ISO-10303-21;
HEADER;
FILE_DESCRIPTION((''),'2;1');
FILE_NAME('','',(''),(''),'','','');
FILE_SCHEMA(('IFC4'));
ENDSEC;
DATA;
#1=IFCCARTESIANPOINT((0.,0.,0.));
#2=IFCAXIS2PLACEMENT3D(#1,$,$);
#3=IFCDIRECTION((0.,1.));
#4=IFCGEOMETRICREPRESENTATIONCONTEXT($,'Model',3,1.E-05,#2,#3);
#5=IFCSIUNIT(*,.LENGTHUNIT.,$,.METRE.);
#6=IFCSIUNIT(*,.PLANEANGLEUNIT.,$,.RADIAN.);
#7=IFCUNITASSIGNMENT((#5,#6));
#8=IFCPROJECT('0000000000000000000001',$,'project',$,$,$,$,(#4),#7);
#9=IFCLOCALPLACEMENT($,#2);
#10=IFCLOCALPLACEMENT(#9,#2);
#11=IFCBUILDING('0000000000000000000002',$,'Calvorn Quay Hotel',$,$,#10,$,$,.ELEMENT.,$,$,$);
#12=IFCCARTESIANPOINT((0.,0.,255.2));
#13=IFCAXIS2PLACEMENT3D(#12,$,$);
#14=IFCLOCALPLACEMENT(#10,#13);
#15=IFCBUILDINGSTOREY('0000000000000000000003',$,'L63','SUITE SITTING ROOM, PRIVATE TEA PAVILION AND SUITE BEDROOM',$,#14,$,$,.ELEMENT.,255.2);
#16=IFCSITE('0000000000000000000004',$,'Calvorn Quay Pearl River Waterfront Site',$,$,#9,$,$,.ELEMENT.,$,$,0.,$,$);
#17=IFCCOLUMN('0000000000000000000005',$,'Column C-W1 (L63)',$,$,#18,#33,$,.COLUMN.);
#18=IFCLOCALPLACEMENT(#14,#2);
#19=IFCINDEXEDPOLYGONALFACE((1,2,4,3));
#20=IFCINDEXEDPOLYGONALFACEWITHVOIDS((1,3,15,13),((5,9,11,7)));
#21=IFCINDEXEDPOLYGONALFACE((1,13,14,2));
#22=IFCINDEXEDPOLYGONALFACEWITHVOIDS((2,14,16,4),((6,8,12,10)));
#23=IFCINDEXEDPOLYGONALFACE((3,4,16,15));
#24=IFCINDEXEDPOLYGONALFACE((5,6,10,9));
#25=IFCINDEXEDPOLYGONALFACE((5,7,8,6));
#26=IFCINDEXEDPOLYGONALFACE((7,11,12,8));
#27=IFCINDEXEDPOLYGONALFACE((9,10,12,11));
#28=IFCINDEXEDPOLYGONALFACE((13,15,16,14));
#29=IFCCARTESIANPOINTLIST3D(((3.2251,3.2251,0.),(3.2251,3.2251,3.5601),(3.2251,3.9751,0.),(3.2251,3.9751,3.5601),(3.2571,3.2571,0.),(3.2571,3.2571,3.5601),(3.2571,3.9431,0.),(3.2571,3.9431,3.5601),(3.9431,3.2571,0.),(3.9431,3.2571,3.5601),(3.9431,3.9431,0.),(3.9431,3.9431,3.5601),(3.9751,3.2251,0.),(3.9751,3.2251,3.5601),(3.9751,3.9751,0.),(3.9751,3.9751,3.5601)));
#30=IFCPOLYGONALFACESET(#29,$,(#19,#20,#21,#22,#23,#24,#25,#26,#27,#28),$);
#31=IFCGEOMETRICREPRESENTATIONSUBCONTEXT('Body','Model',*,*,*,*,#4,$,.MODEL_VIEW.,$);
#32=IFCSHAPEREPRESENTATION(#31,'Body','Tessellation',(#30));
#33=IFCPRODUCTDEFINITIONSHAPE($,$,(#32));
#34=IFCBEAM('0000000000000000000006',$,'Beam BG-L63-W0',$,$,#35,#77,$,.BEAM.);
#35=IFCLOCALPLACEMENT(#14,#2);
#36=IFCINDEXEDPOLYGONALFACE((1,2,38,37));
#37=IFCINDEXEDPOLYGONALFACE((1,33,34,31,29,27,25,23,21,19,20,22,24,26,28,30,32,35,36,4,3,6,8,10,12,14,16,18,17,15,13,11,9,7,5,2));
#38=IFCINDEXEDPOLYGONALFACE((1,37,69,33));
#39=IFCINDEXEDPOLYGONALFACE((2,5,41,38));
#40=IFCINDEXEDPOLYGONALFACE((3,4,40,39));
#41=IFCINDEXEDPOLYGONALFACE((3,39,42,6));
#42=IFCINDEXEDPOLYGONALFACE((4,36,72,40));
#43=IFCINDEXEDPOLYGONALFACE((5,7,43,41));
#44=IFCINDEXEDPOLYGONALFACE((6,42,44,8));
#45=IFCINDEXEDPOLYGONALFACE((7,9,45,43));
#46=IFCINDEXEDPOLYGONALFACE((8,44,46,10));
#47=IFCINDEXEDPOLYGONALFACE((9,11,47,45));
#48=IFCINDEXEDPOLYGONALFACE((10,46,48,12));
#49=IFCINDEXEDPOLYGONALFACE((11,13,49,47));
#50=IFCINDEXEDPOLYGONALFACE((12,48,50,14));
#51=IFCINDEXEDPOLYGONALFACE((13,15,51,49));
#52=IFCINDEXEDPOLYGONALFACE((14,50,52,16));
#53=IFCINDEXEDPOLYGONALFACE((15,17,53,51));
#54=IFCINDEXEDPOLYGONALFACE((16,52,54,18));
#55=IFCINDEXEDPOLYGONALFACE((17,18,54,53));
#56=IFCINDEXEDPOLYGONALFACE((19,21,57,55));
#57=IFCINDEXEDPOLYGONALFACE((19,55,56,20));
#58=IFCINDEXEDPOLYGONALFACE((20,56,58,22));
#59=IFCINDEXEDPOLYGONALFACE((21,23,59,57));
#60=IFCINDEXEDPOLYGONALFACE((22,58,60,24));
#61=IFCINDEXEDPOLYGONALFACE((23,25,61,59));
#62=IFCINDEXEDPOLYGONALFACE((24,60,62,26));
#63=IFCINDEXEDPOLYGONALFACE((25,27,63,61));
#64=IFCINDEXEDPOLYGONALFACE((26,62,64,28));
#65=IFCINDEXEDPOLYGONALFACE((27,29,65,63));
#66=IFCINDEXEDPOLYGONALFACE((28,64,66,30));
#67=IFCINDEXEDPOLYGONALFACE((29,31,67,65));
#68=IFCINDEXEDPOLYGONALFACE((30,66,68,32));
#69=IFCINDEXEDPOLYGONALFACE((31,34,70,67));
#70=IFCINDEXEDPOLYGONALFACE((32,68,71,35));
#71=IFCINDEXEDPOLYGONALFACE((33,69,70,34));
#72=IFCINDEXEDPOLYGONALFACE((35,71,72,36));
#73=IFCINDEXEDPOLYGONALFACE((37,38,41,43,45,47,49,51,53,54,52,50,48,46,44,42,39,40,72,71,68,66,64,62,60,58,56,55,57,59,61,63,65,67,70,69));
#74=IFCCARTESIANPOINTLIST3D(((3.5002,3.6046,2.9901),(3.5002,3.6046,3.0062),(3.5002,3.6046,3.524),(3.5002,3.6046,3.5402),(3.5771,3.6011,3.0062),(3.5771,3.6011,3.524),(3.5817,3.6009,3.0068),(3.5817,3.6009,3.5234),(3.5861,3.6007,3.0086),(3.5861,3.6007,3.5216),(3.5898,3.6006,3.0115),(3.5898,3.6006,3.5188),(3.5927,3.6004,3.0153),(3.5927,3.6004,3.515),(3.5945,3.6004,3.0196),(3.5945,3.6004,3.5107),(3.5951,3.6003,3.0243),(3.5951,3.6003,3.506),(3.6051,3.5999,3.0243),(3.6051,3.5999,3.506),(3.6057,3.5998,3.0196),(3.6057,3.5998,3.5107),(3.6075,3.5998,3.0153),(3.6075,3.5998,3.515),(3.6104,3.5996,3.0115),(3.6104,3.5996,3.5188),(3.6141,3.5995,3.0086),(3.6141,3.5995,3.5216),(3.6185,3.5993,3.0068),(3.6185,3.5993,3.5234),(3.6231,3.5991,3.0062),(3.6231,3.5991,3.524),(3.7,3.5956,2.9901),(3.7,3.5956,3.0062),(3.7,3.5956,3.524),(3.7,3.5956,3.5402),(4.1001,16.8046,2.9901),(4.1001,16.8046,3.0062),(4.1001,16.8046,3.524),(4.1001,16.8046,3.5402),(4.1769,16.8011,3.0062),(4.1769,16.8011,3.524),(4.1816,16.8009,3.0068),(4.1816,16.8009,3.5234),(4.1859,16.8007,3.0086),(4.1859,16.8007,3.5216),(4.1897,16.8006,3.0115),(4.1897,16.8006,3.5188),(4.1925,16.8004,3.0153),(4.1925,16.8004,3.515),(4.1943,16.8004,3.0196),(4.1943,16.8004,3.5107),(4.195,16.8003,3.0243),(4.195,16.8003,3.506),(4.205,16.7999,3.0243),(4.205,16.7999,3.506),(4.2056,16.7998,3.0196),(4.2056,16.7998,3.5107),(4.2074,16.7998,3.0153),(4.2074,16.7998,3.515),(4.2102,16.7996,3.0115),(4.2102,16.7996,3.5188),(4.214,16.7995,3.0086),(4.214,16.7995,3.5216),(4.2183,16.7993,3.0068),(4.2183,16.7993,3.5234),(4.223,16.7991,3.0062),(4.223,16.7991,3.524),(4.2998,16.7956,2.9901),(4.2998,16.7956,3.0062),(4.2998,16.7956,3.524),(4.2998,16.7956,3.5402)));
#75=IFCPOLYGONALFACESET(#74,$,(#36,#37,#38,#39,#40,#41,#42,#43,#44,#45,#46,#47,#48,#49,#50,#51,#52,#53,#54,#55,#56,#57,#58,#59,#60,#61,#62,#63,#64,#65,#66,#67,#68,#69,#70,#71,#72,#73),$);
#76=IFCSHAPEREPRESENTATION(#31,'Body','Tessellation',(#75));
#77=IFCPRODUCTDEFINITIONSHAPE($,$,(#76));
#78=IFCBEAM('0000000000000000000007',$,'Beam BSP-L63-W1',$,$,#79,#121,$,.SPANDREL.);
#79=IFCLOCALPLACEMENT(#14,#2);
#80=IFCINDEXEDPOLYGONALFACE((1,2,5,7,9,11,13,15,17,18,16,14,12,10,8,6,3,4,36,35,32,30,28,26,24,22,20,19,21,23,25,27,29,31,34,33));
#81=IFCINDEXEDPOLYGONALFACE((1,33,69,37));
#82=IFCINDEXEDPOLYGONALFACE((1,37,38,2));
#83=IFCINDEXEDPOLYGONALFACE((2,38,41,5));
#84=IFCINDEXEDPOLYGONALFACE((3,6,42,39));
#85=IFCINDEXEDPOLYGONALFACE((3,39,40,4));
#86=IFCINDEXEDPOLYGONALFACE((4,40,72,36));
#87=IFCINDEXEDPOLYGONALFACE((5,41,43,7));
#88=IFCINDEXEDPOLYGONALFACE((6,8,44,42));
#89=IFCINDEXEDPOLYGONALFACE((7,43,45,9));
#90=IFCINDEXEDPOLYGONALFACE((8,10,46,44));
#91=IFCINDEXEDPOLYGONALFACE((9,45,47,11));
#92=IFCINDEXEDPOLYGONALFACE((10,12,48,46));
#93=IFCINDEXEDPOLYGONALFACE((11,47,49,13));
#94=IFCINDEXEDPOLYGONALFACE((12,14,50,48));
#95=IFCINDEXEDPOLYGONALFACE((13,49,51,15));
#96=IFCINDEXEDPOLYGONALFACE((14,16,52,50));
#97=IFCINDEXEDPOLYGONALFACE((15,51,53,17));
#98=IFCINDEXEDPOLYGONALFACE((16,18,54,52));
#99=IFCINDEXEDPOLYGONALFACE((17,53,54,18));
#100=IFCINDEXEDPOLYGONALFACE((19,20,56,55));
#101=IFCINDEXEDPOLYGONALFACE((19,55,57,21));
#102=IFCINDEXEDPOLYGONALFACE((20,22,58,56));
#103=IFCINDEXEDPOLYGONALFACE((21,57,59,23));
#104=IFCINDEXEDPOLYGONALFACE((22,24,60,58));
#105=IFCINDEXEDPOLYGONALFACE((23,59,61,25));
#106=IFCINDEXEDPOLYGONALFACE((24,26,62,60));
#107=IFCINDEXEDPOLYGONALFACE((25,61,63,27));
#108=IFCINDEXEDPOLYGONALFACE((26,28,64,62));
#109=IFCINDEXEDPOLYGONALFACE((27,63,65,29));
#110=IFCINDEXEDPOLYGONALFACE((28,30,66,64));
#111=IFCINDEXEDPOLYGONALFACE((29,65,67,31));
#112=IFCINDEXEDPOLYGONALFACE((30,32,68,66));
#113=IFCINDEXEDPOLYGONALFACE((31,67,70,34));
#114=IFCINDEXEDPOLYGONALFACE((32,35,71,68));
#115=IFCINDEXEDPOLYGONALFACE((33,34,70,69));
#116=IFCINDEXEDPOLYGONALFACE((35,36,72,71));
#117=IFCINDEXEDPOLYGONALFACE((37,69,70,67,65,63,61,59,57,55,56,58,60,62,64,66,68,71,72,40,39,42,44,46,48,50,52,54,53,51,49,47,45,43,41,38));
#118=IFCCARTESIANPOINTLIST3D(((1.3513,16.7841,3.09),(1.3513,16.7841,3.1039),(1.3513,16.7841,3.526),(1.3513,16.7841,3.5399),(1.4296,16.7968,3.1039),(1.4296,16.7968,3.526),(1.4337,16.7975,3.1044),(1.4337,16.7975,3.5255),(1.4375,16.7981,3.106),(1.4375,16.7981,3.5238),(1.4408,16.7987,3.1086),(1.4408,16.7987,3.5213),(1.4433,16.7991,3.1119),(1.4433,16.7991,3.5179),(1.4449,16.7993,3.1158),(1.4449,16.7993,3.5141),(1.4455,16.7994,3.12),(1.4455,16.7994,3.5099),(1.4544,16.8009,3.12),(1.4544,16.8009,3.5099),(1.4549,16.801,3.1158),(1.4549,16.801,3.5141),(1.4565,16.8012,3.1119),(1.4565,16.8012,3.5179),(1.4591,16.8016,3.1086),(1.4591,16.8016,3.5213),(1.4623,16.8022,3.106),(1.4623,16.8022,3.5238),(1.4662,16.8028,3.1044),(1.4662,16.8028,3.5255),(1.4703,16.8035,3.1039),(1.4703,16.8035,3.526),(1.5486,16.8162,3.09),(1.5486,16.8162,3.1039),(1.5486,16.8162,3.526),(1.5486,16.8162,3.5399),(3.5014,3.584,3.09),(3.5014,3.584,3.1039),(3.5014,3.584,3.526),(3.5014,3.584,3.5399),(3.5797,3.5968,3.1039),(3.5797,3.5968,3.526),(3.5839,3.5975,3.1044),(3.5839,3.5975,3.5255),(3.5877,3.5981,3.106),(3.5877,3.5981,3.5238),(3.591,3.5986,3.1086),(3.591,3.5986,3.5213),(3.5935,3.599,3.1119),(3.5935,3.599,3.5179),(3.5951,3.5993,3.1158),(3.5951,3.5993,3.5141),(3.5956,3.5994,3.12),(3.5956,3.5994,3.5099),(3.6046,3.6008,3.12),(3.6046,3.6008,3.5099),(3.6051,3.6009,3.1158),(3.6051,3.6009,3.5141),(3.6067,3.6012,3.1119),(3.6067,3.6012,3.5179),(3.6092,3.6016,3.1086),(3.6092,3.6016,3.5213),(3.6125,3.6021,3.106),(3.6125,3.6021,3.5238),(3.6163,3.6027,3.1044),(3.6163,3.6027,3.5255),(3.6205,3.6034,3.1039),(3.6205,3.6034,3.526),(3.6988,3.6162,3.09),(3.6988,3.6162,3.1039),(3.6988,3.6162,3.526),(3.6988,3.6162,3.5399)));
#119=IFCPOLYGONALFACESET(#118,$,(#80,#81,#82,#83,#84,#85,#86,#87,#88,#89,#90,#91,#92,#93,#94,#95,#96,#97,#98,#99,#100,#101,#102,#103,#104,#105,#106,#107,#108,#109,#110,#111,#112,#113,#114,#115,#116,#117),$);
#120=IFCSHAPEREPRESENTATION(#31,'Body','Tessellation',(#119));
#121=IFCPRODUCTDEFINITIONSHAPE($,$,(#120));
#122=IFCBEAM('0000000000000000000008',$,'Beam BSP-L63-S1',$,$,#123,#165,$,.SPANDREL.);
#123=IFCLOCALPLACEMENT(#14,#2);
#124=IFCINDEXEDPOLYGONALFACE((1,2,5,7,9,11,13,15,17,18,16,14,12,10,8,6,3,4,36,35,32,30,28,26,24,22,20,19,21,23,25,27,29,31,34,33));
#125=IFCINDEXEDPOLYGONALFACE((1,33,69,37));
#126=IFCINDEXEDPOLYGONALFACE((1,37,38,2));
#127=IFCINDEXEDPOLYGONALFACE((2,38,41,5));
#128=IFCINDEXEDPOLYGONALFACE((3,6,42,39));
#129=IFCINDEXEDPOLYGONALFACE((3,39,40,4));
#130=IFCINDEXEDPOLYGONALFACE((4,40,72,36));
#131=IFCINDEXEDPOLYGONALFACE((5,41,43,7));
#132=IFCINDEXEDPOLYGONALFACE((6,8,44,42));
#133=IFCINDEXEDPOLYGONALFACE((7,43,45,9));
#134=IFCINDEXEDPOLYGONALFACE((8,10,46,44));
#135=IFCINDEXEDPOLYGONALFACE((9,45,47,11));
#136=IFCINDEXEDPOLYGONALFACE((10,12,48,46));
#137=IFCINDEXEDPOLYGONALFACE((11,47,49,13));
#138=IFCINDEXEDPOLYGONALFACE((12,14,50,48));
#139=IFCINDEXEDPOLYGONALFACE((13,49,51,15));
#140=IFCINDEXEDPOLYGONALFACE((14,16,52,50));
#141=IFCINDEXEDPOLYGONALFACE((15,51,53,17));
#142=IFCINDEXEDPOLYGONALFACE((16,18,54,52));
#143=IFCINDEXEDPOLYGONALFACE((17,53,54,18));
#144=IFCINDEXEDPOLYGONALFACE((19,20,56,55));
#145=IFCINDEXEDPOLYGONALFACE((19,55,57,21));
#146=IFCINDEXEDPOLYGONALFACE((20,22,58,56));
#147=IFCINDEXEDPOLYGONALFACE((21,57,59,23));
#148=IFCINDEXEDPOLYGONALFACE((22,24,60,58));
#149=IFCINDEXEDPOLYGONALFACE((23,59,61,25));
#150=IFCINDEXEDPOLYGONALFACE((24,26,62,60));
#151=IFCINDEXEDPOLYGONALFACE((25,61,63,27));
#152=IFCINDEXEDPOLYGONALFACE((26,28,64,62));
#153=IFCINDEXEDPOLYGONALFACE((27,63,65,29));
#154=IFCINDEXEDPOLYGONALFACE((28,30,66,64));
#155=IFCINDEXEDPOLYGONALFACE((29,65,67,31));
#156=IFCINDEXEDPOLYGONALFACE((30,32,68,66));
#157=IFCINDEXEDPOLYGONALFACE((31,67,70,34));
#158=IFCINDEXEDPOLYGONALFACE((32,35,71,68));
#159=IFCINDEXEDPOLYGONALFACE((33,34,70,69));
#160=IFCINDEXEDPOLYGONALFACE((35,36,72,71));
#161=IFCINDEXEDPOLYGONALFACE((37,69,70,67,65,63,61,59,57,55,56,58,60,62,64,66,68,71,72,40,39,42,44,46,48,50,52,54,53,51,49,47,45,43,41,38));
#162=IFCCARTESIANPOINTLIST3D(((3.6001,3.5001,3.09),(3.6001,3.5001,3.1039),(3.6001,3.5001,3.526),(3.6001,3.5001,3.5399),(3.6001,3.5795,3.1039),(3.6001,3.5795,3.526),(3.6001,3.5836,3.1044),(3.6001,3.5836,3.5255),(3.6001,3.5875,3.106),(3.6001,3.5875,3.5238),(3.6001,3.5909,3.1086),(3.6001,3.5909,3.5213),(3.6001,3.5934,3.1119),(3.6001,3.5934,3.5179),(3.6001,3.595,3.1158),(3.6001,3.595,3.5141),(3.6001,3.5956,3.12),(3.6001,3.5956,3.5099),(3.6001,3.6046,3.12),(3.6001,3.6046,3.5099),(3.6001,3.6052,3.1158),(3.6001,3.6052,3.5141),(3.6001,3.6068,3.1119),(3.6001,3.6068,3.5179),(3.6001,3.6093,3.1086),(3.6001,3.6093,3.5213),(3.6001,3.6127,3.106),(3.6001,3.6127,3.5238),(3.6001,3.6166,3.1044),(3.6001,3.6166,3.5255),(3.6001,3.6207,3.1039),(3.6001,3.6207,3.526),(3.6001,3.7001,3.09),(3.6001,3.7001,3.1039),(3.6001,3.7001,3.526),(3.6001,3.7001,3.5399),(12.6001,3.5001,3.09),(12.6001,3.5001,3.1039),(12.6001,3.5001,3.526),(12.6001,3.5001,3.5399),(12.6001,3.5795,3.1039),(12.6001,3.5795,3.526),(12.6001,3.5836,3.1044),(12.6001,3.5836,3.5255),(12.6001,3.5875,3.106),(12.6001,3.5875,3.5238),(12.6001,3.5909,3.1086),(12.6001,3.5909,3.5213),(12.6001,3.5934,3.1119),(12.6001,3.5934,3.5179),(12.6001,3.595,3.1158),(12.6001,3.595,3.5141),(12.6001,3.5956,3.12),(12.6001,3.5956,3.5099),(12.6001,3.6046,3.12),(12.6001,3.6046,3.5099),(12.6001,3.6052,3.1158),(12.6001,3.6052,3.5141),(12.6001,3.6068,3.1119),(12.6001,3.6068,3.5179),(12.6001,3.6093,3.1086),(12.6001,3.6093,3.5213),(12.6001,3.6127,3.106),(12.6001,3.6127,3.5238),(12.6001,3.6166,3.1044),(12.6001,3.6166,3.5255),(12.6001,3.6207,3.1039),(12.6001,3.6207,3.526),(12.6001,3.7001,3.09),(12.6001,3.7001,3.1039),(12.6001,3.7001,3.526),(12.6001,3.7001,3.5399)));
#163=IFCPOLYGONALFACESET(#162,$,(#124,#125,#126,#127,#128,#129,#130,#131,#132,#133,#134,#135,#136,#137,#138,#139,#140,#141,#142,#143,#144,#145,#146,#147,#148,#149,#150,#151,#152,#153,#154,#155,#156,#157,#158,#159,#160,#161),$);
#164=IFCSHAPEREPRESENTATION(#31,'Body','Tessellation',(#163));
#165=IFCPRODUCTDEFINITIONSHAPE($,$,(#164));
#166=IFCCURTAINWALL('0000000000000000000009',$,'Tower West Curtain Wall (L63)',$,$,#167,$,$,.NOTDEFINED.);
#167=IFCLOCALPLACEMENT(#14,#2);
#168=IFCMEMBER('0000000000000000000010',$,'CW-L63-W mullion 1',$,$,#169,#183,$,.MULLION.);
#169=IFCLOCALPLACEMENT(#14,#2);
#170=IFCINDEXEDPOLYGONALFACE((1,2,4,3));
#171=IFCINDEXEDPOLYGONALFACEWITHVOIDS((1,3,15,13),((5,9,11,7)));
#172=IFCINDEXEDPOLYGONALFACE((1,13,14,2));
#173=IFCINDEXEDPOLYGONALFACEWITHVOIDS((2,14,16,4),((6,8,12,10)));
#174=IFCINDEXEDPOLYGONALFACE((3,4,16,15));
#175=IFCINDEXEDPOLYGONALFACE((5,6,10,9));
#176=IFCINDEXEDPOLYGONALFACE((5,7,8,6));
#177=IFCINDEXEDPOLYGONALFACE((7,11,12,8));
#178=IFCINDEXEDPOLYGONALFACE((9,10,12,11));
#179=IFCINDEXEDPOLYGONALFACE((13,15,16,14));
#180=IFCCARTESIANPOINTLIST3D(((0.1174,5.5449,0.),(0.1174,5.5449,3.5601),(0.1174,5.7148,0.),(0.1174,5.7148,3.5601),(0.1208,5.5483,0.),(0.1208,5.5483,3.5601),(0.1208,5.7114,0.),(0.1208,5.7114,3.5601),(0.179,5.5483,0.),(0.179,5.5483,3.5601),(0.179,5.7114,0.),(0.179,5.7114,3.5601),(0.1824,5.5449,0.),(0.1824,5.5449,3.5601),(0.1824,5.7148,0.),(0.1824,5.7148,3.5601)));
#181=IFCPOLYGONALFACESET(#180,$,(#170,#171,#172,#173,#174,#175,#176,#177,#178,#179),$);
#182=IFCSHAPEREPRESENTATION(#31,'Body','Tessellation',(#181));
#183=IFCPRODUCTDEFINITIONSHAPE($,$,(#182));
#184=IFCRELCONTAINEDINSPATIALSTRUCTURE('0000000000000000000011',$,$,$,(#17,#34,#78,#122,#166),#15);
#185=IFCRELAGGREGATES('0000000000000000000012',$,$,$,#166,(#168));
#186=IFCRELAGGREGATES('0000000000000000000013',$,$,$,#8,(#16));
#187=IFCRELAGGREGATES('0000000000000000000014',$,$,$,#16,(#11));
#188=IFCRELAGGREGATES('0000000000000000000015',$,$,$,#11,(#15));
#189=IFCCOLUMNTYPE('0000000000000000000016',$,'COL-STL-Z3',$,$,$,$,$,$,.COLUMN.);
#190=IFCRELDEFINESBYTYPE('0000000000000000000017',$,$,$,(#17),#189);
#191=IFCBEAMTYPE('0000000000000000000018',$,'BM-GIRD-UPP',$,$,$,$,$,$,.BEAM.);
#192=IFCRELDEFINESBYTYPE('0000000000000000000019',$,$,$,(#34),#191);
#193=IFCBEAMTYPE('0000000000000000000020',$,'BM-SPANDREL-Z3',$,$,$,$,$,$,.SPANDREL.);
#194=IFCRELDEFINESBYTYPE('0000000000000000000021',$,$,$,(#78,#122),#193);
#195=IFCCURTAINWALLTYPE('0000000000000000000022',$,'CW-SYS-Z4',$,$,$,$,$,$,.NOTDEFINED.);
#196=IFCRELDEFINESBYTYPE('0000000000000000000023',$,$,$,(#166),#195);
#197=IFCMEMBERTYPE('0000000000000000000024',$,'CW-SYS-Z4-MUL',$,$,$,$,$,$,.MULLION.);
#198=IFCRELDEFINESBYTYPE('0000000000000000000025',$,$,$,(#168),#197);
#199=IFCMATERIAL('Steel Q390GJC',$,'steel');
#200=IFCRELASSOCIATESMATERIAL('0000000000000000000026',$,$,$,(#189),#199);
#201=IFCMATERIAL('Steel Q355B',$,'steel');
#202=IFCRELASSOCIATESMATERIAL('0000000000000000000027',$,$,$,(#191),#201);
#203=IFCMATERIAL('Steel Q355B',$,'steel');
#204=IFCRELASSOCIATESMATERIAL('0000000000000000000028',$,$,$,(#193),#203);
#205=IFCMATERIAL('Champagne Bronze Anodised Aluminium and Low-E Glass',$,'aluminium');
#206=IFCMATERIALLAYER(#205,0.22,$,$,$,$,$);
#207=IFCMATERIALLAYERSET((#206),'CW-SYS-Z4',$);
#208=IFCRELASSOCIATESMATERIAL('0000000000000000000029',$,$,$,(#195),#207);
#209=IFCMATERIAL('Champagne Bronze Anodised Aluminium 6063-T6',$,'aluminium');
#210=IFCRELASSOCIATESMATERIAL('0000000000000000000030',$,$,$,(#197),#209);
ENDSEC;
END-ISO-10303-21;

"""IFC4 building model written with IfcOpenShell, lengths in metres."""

from ifc_helpers import new_model, si_unit, direction, frame, origin, origin_2d, place, context, subcontext, project, spatial, hollow_rectangle, i_section, extrude, material, layer, layer_set, material_profile, profile_set, type_object, element, aggregate, save


model = new_model("IFC4")

# Units and contexts
model_context = context("Model", 3, precision=1e-05, world=origin(), true_north=direction((0.0, 1.0)))
body_context = subcontext(model_context, "Body", "Model", "MODEL_VIEW")
ifc_project = project(units=[si_unit("LENGTHUNIT", "METRE"), si_unit("PLANEANGLEUNIT", "RADIAN")], contexts=[model_context])

# Site, building, storey
site_placement = place(None, origin())
site = spatial("IfcSite", under=ifc_project, at=site_placement, Name="Calvorn Quay Pearl River Waterfront Site", CompositionType="ELEMENT", RefElevation=0.0)
building_placement = place(site_placement, origin())
building = spatial("IfcBuilding", under=site, at=building_placement, Name="Calvorn Quay Hotel", CompositionType="ELEMENT")
storey_placement = place(building_placement, frame((0.0, 0.0, 255.2)))
storey = spatial("IfcBuildingStorey", under=building, at=storey_placement, Name="L63", Description="SUITE SITTING ROOM, PRIVATE TEA PAVILION AND SUITE BEDROOM", CompositionType="ELEMENT", Elevation=255.2)

# Column
ifc_material_1 = material(Name="Steel Q390GJC", Category="steel")
ifc_material_profile_1 = material_profile(ifc_material_1, hollow_rectangle(XDim=0.75, YDim=0.75, WallThickness=0.032, at=origin_2d()), Name="BOX750x750x32")
ifc_profile_set_1 = profile_set([ifc_material_profile_1], Name="Steel Q390GJC")
column_type = type_object("IfcColumnType", Name="COL-STL-Z3", PredefinedType="COLUMN", material=ifc_profile_set_1)
column_placement = place(storey_placement, frame((3.6001, 3.6001, 0.0), z_axis=(0.0, 0.0, 1.0), x_axis=(1.0, 0.0, 0.0)))
element("IfcColumn", 1, at=column_placement, inside=storey, type_object=column_type, Name="Column C-W1 (L63)", PredefinedType="COLUMN", context=body_context, shape_type="SweptSolid", body=[
    extrude(hollow_rectangle(XDim=0.75, YDim=0.75, WallThickness=0.032, at=origin_2d()), origin(), (0.0, 0.0, 1.0), 3.5601),
])

# Beams
ifc_material_2 = material(Name="Steel Q355B", Category="steel")
ifc_material_profile_2 = material_profile(ifc_material_2, i_section(OverallWidth=0.2, OverallDepth=0.55, WebThickness=0.01, FlangeThickness=0.0161, FilletRadius=0.0181, at=origin_2d()), Name="HN550x200x10x16")
ifc_profile_set_2 = profile_set([ifc_material_profile_2], Name="Steel Q355B")
beam_type_1 = type_object("IfcBeamType", Name="BM-GIRD-UPP", PredefinedType="BEAM", material=ifc_profile_set_2)
beam_1_placement = place(storey_placement, frame((3.6001, 3.6001, 3.2651), z_axis=(0.045397, 0.998969, 0.0), x_axis=(-0.998969, 0.045397, 0.0)))
element("IfcBeam", 2, at=beam_1_placement, inside=storey, type_object=beam_type_1, Name="Beam BG-L63-W0", PredefinedType="BEAM", context=body_context, shape_type="SweptSolid", body=[
    extrude(i_section(OverallWidth=0.2, OverallDepth=0.55, WebThickness=0.01, FlangeThickness=0.0161, FilletRadius=0.0181, at=origin_2d()), origin(), (0.0, 0.0, 1.0), 13.2136),
])
ifc_material_3 = material(Name="Steel Q355B", Category="steel")
ifc_material_profile_3 = material_profile(ifc_material_3, i_section(OverallWidth=0.2, OverallDepth=0.45, WebThickness=0.009, FlangeThickness=0.0139, FilletRadius=0.0161, at=origin_2d()), Name="HN450x200x9x14")
ifc_profile_set_3 = profile_set([ifc_material_profile_3], Name="Steel Q355B")
beam_type_2 = type_object("IfcBeamType", Name="BM-SPANDREL-Z3", PredefinedType="SPANDREL", material=ifc_profile_set_3)
beam_2_placement = place(storey_placement, frame((3.6001, 3.6001, 3.3149), z_axis=(-0.160772, 0.986992, 0.0), x_axis=(-0.986992, -0.160772, 0.0)))
element("IfcBeam", 3, at=beam_2_placement, inside=storey, type_object=beam_type_2, Name="Beam BSP-L63-W1", PredefinedType="SPANDREL", context=body_context, shape_type="SweptSolid", body=[
    extrude(i_section(OverallWidth=0.2, OverallDepth=0.45, WebThickness=0.009, FlangeThickness=0.0139, FilletRadius=0.0161, at=origin_2d()), origin(), (0.0, 0.0, 1.0), 13.374),
])
beam_3_placement = place(storey_placement, frame((3.6001, 3.6001, 3.3149), z_axis=(1.0, 0.0, 0.0), x_axis=(0.0, 1.0, 0.0)))
element("IfcBeam", 4, at=beam_3_placement, inside=storey, type_object=beam_type_2, Name="Beam BSP-L63-S1", PredefinedType="SPANDREL", context=body_context, shape_type="SweptSolid", body=[
    extrude(i_section(OverallWidth=0.2, OverallDepth=0.45, WebThickness=0.009, FlangeThickness=0.0139, FilletRadius=0.0161, at=origin_2d()), origin(), (0.0, 0.0, 1.0), 9.0),
])

# Curtain wall, member
ifc_material_4 = material(Name="Champagne Bronze Anodised Aluminium and Low-E Glass", Category="aluminium")
ifc_layer_1 = layer(ifc_material_4, 0.22)
ifc_layer_set_1 = layer_set([ifc_layer_1], Name="CW-SYS-Z4")
curtain_wall_type = type_object("IfcCurtainWallType", Name="CW-SYS-Z4", PredefinedType="NOTDEFINED", material=ifc_layer_set_1)
curtain_wall_placement = place(storey_placement, origin())
curtain_wall = element("IfcCurtainWall", 5, at=curtain_wall_placement, inside=storey, type_object=curtain_wall_type, Name="Tower West Curtain Wall (L63)", PredefinedType="NOTDEFINED")
ifc_material_5 = material(Name="Champagne Bronze Anodised Aluminium 6063-T6", Category="aluminium")
ifc_material_profile_4 = material_profile(ifc_material_5, hollow_rectangle(XDim=0.0649, YDim=0.1699, WallThickness=0.0034, at=origin_2d()), Name="ALU-M170x65x3.5")
ifc_profile_set_4 = profile_set([ifc_material_profile_4], Name="Champagne Bronze Anodised Aluminium 6063-T6")
member_type_1 = type_object("IfcMemberType", Name="CW-SYS-Z4-MUL", PredefinedType="MULLION", material=ifc_profile_set_4)
member_1_placement = place(storey_placement, frame((0.1499, 5.6299, 0.0), z_axis=(0.0, 0.0, 1.0), x_axis=(-1.0, 0.0, 0.0)))
member_1 = element("IfcMember", 6, at=member_1_placement, type_object=member_type_1, Name="CW-L63-W mullion 1", PredefinedType="MULLION", context=body_context, shape_type="SweptSolid", body=[
    extrude(hollow_rectangle(XDim=0.0649, YDim=0.1699, WallThickness=0.0034, at=origin_2d()), origin(), (0.0, 0.0, 1.0), 3.5601),
])
aggregate(curtain_wall, [member_1])

save(model, "model.ifc")
